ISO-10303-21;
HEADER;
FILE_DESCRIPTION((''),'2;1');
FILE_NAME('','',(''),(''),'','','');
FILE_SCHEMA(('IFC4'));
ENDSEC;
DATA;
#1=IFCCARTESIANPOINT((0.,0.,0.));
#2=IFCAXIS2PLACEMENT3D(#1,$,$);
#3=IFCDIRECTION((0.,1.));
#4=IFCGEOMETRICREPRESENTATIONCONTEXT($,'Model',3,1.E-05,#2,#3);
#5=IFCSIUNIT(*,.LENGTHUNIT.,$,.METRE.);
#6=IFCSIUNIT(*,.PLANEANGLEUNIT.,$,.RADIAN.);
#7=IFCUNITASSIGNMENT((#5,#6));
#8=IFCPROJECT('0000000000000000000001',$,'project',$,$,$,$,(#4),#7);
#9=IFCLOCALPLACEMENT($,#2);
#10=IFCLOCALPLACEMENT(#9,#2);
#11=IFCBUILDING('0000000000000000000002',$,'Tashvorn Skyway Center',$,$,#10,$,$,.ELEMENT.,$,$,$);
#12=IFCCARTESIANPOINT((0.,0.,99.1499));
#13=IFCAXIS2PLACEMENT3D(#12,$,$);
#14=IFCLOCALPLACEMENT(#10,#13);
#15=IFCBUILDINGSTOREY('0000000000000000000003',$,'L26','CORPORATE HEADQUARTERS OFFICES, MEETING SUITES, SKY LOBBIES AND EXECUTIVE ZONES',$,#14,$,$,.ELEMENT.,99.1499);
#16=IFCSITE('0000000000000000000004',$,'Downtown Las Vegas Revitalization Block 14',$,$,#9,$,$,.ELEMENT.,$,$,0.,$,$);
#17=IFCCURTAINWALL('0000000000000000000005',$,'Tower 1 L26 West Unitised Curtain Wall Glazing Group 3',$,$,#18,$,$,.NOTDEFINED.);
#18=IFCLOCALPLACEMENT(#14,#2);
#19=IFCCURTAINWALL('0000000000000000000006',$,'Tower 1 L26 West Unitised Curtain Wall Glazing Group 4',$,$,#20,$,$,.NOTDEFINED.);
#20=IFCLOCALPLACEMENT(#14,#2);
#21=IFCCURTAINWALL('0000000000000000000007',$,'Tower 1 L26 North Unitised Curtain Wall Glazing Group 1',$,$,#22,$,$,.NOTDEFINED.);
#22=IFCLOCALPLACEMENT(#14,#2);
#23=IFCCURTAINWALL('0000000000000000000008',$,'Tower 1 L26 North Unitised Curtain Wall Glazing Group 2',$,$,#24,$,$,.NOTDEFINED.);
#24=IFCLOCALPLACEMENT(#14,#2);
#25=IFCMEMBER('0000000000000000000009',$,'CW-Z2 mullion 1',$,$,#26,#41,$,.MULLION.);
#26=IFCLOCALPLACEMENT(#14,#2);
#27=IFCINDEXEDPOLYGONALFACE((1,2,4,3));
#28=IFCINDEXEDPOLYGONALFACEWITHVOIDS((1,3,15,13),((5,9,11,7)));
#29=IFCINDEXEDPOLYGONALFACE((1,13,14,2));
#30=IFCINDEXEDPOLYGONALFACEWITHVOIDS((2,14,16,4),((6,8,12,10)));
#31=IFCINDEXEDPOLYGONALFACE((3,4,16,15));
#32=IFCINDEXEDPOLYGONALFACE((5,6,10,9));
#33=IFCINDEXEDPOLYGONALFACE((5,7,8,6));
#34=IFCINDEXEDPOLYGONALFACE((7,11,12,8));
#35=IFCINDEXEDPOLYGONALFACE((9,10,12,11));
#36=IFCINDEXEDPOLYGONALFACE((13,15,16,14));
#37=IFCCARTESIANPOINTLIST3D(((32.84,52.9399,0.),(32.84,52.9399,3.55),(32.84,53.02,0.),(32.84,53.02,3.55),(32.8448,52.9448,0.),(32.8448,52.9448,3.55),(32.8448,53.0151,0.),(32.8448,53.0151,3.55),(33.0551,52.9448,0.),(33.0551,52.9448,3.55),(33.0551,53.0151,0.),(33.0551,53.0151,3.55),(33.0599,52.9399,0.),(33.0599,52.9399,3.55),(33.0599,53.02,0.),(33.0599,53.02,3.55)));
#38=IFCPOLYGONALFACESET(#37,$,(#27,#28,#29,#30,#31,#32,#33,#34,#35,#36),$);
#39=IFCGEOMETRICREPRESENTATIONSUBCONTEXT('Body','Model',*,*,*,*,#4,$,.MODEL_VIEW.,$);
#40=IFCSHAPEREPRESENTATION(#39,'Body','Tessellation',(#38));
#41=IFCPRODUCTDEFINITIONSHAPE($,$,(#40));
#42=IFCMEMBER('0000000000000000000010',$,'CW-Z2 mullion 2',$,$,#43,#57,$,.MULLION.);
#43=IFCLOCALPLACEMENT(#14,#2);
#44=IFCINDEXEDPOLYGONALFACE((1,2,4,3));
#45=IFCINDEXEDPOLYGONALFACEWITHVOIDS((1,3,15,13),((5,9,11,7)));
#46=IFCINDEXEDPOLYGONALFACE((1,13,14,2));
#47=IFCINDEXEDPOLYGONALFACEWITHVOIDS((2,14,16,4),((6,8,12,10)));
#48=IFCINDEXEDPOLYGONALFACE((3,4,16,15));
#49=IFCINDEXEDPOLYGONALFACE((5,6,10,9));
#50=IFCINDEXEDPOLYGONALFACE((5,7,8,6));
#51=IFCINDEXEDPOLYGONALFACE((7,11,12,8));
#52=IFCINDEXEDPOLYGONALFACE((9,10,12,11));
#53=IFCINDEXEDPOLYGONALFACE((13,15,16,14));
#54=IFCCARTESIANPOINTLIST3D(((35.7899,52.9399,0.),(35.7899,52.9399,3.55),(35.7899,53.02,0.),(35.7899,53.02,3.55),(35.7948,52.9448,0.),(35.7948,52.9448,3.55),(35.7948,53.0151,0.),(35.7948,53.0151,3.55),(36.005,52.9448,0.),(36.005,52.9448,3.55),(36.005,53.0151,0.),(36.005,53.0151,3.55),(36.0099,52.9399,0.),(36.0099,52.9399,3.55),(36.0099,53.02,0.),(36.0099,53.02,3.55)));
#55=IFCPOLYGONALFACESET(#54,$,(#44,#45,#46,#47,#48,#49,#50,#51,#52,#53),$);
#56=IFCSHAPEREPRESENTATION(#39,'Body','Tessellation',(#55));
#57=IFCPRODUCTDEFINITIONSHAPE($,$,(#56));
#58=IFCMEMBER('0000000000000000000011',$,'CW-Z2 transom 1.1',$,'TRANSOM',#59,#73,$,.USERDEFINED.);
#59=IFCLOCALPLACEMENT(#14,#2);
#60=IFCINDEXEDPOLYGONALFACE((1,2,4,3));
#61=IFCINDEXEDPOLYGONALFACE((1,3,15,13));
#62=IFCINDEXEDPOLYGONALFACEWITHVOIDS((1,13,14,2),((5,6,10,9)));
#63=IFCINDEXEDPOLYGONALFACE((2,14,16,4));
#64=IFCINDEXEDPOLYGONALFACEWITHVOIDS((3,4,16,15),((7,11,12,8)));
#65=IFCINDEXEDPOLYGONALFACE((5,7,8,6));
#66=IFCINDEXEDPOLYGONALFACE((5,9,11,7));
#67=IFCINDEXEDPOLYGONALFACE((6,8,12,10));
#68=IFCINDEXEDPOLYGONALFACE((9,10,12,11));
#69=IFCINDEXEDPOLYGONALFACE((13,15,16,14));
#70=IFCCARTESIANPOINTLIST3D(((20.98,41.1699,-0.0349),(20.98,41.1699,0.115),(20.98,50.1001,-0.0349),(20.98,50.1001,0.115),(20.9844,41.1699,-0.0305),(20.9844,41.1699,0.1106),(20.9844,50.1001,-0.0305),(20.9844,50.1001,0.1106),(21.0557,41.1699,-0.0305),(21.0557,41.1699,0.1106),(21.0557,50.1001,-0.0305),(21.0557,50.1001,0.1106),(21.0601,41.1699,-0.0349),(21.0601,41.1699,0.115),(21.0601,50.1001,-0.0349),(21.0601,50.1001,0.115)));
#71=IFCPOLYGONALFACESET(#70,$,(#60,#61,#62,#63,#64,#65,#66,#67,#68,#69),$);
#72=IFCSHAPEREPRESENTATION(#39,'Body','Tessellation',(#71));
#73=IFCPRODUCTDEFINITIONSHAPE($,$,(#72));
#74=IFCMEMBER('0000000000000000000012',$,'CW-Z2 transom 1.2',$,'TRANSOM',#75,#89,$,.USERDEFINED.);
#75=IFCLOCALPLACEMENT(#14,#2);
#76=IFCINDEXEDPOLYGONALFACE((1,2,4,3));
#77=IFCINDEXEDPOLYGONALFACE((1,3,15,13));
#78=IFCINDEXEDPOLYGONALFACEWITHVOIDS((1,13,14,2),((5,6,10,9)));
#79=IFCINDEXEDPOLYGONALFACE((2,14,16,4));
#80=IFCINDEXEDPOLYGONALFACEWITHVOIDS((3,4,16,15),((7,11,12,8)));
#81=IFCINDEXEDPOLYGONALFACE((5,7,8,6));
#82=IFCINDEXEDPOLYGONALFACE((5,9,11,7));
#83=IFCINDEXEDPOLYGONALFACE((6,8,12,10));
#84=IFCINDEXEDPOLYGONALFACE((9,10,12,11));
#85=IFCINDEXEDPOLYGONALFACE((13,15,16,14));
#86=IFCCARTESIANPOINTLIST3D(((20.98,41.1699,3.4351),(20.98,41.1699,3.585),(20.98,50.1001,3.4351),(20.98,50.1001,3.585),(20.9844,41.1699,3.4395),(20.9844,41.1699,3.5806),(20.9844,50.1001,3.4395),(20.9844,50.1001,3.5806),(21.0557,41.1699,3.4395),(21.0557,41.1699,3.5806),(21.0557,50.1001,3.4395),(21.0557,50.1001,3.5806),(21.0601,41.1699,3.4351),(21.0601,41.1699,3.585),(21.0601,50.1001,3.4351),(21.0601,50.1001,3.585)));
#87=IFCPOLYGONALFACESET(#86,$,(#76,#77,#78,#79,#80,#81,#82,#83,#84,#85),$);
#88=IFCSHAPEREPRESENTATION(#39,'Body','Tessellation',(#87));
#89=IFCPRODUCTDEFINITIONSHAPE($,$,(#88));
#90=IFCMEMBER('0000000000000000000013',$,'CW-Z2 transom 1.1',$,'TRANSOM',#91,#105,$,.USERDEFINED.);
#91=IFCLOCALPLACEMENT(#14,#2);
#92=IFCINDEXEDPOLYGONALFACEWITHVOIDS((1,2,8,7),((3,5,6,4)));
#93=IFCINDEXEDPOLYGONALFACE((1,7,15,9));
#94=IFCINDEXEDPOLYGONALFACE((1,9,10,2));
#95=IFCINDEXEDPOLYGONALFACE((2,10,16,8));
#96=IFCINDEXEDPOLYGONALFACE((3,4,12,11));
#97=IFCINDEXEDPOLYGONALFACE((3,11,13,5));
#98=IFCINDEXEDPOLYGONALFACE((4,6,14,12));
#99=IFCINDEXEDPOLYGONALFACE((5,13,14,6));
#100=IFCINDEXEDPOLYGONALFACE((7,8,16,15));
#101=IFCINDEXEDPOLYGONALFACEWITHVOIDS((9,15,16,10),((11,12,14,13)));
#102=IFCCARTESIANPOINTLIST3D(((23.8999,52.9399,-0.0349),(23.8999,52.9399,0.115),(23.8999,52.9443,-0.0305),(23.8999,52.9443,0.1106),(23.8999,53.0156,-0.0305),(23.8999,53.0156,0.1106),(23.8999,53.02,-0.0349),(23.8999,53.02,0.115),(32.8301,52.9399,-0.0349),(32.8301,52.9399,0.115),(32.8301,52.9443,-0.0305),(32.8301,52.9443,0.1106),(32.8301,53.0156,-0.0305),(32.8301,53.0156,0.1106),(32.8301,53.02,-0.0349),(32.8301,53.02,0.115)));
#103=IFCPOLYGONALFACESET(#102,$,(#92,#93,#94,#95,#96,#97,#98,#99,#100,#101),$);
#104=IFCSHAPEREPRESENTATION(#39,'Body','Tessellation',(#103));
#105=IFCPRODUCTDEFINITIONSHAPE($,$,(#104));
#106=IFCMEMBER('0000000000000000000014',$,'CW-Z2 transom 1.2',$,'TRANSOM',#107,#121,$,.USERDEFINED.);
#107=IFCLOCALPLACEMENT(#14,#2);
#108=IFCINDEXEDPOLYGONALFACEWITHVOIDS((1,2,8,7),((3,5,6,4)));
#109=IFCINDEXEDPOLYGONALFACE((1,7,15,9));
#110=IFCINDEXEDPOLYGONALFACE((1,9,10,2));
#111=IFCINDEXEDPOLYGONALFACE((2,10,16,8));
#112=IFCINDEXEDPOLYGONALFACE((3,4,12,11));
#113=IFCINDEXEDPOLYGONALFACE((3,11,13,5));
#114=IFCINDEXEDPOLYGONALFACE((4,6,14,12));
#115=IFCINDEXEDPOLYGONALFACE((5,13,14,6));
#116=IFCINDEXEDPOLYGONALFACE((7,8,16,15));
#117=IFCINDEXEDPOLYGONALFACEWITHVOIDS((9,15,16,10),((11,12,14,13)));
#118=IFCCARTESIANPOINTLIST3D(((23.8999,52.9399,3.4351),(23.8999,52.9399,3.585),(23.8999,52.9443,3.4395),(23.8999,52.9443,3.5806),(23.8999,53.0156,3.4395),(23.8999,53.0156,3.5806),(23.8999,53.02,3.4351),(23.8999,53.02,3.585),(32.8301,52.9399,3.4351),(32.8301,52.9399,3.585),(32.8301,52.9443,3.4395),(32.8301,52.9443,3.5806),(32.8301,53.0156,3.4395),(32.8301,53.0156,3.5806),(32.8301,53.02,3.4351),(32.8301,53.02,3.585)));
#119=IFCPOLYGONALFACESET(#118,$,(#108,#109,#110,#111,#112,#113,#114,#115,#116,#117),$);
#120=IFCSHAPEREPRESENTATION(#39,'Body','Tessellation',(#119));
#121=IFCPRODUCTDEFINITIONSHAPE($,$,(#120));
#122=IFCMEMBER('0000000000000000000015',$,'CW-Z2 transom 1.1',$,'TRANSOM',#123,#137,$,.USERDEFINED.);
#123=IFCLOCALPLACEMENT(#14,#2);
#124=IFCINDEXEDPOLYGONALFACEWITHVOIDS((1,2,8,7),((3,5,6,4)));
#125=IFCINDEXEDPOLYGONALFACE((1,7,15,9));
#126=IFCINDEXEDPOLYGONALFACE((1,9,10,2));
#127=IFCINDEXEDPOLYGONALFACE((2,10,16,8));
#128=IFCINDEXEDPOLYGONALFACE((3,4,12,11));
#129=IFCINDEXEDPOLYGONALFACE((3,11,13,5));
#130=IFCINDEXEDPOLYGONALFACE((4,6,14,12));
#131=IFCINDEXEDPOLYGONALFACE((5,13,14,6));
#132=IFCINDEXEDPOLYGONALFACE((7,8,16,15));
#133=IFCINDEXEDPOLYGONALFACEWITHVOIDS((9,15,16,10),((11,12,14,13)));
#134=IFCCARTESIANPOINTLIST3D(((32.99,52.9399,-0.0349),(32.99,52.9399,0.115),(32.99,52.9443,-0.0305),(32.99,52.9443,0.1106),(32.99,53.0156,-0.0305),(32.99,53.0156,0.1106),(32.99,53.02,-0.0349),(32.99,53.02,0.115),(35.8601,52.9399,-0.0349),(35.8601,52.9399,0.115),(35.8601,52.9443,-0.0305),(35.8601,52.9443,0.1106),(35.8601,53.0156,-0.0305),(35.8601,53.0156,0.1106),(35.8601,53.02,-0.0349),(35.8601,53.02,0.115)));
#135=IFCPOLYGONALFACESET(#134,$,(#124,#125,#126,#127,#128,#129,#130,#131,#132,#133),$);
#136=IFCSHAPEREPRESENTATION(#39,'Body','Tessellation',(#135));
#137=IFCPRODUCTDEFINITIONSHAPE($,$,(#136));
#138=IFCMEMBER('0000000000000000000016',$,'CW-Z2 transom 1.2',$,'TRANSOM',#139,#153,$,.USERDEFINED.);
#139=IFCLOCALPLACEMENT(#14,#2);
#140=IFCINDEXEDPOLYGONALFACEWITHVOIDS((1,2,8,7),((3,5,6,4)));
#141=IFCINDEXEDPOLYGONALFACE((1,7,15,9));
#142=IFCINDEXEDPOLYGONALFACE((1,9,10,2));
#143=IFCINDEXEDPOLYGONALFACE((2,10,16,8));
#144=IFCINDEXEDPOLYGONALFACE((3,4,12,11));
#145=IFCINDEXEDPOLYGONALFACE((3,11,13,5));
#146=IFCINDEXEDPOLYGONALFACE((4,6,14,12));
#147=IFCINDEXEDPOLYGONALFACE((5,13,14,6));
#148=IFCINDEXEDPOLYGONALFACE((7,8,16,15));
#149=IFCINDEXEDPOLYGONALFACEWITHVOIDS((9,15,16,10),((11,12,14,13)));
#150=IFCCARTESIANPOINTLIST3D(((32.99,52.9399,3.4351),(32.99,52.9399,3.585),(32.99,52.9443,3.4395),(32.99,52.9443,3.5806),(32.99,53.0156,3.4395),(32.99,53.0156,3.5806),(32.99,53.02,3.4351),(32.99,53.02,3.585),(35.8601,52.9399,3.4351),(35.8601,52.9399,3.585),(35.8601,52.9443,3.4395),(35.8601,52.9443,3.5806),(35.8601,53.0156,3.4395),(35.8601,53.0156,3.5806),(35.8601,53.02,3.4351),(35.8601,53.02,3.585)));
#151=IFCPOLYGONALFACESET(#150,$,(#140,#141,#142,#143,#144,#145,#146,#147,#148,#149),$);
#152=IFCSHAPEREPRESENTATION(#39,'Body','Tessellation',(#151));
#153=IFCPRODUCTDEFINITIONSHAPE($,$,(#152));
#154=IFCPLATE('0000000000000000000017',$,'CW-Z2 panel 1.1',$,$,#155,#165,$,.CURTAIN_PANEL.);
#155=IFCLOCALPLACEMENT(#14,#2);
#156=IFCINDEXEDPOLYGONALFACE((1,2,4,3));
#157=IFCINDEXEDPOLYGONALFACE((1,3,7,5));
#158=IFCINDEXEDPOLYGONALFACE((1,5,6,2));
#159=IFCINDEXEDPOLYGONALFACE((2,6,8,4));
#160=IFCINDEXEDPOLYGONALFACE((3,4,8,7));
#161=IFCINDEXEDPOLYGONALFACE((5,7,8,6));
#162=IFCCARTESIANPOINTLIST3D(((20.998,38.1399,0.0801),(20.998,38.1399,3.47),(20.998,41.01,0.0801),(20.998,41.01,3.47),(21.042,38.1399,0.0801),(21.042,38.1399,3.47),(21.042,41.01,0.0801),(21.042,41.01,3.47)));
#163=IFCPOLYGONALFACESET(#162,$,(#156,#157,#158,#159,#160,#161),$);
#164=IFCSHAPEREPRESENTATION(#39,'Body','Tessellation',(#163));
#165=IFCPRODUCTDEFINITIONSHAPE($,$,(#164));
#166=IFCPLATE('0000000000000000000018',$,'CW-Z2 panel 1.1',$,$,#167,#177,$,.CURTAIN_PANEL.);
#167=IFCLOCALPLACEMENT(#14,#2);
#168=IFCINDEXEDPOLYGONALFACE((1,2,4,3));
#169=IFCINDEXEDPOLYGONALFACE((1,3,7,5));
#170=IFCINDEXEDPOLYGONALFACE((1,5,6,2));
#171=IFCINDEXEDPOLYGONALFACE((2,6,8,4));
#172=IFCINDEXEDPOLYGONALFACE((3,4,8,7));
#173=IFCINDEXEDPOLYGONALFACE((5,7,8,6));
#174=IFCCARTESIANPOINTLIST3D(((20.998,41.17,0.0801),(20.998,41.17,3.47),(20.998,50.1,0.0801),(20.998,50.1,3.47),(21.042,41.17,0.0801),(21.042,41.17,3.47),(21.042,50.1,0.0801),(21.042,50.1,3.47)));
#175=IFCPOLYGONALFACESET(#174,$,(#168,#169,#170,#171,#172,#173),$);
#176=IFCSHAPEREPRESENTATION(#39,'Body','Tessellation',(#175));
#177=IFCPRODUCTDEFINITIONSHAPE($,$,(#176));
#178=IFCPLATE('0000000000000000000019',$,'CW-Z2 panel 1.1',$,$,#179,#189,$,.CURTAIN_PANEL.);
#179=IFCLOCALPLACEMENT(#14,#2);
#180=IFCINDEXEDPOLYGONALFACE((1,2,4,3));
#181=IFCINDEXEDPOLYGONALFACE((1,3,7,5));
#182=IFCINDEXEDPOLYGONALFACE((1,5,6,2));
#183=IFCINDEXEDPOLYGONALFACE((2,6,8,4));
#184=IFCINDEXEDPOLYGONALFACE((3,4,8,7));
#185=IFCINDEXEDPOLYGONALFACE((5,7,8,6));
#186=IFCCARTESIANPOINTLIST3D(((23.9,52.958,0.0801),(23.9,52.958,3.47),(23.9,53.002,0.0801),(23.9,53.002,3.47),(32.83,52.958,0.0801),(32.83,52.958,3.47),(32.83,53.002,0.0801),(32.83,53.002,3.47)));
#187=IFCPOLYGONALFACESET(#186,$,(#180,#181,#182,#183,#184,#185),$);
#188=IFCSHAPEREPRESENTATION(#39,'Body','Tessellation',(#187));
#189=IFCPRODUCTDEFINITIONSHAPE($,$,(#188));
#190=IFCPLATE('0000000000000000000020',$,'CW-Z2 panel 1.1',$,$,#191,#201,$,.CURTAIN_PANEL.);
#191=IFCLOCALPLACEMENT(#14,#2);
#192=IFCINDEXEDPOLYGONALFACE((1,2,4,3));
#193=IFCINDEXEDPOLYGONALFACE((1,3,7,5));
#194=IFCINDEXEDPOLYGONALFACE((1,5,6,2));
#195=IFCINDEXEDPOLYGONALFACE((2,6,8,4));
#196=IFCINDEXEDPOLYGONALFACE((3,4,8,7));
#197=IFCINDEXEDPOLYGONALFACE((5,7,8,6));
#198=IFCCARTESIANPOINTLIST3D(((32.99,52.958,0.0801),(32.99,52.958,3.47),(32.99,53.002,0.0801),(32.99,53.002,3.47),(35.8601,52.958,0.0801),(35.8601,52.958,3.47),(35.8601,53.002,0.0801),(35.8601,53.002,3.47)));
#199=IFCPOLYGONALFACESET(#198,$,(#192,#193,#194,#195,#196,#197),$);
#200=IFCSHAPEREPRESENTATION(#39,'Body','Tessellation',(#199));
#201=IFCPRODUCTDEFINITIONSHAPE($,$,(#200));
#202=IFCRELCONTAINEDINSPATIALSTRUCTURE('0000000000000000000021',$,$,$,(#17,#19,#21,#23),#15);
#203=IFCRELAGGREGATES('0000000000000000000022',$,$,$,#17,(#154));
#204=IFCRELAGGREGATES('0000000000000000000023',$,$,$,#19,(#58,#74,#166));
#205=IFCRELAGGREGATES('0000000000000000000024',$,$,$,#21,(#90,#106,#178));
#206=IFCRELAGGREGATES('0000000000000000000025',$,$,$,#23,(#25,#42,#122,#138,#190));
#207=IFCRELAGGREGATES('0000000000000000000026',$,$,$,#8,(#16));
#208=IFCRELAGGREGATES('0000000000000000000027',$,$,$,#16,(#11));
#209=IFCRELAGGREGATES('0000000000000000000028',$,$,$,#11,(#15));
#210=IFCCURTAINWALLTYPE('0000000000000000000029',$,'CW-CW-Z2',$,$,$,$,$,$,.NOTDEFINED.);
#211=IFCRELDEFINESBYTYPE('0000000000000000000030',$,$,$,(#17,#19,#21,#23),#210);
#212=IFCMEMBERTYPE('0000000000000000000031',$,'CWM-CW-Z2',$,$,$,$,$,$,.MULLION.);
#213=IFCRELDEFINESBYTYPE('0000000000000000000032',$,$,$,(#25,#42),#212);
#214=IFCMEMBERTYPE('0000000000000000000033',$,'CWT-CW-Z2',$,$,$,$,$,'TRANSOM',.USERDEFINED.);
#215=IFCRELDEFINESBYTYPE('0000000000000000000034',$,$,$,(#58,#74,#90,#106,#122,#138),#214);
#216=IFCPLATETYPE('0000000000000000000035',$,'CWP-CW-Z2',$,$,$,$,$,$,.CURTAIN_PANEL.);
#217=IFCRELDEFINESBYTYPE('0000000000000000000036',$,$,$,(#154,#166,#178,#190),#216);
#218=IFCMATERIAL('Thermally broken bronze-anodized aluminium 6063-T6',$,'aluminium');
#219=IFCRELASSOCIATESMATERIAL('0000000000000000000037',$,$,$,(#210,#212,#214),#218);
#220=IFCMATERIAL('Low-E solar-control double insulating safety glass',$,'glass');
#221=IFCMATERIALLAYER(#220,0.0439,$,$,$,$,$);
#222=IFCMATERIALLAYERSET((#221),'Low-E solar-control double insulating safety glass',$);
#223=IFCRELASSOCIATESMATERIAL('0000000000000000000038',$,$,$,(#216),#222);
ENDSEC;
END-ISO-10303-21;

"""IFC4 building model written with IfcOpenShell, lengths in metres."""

from ifc_helpers import new_model, si_unit, direction, frame, origin, origin_2d, place, context, subcontext, project, spatial, rectangle, hollow_rectangle, extrude, material, layer, layer_set, material_profile, profile_set, type_object, element, aggregate, save


model = new_model("IFC4")

# Units and contexts
model_context = context("Model", 3, precision=1e-05, world=origin(), true_north=direction((0.0, 1.0)))
body_context = subcontext(model_context, "Body", "Model", "MODEL_VIEW")
ifc_project = project(units=[si_unit("LENGTHUNIT", "METRE"), si_unit("PLANEANGLEUNIT", "RADIAN")], contexts=[model_context])

# Site, building, storey
site_placement = place(None, origin())
site = spatial("IfcSite", under=ifc_project, at=site_placement, Name="Downtown Las Vegas Revitalization Block 14", CompositionType="ELEMENT", RefElevation=0.0)
building_placement = place(site_placement, origin())
building = spatial("IfcBuilding", under=site, at=building_placement, Name="Tashvorn Skyway Center", CompositionType="ELEMENT")
storey_placement = place(building_placement, frame((0.0, 0.0, 99.1499)))
storey = spatial("IfcBuildingStorey", under=building, at=storey_placement, Name="L26", Description="CORPORATE HEADQUARTERS OFFICES, MEETING SUITES, SKY LOBBIES AND EXECUTIVE ZONES", CompositionType="ELEMENT", Elevation=99.1499)

# Curtain wall
ifc_material_1 = material(Name="Thermally broken bronze-anodized aluminium 6063-T6", Category="aluminium")
curtain_wall_type = type_object("IfcCurtainWallType", Name="CW-CW-Z2", PredefinedType="NOTDEFINED", material=ifc_material_1)
curtain_wall_1_placement = place(storey_placement, origin())
curtain_wall_1 = element("IfcCurtainWall", 1, at=curtain_wall_1_placement, inside=storey, type_object=curtain_wall_type, Name="Tower 1 L26 West Unitised Curtain Wall Glazing Group 3", PredefinedType="NOTDEFINED")
ifc_material_profile_1 = material_profile(ifc_material_1, hollow_rectangle(XDim=0.0801, YDim=0.22, WallThickness=0.0049, at=origin_2d()), Name="ALU-MULL-80x220")
ifc_profile_set_1 = profile_set([ifc_material_profile_1], Name="Thermally broken bronze-anodized aluminium 6063-T6")
member_type_1 = type_object("IfcMemberType", Name="CWM-CW-Z2", PredefinedType="MULLION", material=ifc_profile_set_1)

# Curtain walls, members
curtain_wall_2_placement = place(storey_placement, origin())
curtain_wall_2 = element("IfcCurtainWall", 2, at=curtain_wall_2_placement, inside=storey, type_object=curtain_wall_type, Name="Tower 1 L26 West Unitised Curtain Wall Glazing Group 4", PredefinedType="NOTDEFINED")
curtain_wall_3_placement = place(storey_placement, origin())
curtain_wall_3 = element("IfcCurtainWall", 3, at=curtain_wall_3_placement, inside=storey, type_object=curtain_wall_type, Name="Tower 1 L26 North Unitised Curtain Wall Glazing Group 1", PredefinedType="NOTDEFINED")
curtain_wall_4_placement = place(storey_placement, origin())
curtain_wall_4 = element("IfcCurtainWall", 4, at=curtain_wall_4_placement, inside=storey, type_object=curtain_wall_type, Name="Tower 1 L26 North Unitised Curtain Wall Glazing Group 2", PredefinedType="NOTDEFINED")
member_1_placement = place(storey_placement, frame((32.95, 52.98, 0.0), z_axis=(0.0, 0.0, 1.0), x_axis=(0.0, 1.0, 0.0)))
member_1 = element("IfcMember", 5, at=member_1_placement, type_object=member_type_1, Name="CW-Z2 mullion 1", PredefinedType="MULLION", context=body_context, shape_type="SweptSolid", body=[
    extrude(hollow_rectangle(XDim=0.0801, YDim=0.22, WallThickness=0.0049, at=origin_2d()), origin(), (0.0, 0.0, 1.0), 3.55),
])
member_2_placement = place(storey_placement, frame((35.8999, 52.98, 0.0), z_axis=(0.0, 0.0, 1.0), x_axis=(0.0, 1.0, 0.0)))
member_2 = element("IfcMember", 6, at=member_2_placement, type_object=member_type_1, Name="CW-Z2 mullion 2", PredefinedType="MULLION", context=body_context, shape_type="SweptSolid", body=[
    extrude(hollow_rectangle(XDim=0.0801, YDim=0.22, WallThickness=0.0049, at=origin_2d()), origin(), (0.0, 0.0, 1.0), 3.55),
])

# Members
ifc_material_profile_2 = material_profile(ifc_material_1, hollow_rectangle(XDim=0.0801, YDim=0.1499, WallThickness=0.0044, at=origin_2d()), Name="ALU-TRAN-80x150")
ifc_profile_set_2 = profile_set([ifc_material_profile_2], Name="Thermally broken bronze-anodized aluminium 6063-T6")
member_type_2 = type_object("IfcMemberType", Name="CWT-CW-Z2", ElementType="TRANSOM", PredefinedType="USERDEFINED", material=ifc_profile_set_2)
member_3_placement = place(storey_placement, frame((21.02, 41.1699, 0.04), z_axis=(0.0, 1.0, 0.0), x_axis=(-1.0, 0.0, 0.0)))
member_3 = element("IfcMember", 7, at=member_3_placement, type_object=member_type_2, Name="CW-Z2 transom 1.1", ObjectType="TRANSOM", PredefinedType="USERDEFINED", context=body_context, shape_type="SweptSolid", body=[
    extrude(hollow_rectangle(XDim=0.0801, YDim=0.1499, WallThickness=0.0044, at=origin_2d()), origin(), (0.0, 0.0, 1.0), 8.9302),
])
member_4_placement = place(storey_placement, frame((21.02, 41.1699, 3.51), z_axis=(0.0, 1.0, 0.0), x_axis=(-1.0, 0.0, 0.0)))
member_4 = element("IfcMember", 8, at=member_4_placement, type_object=member_type_2, Name="CW-Z2 transom 1.2", ObjectType="TRANSOM", PredefinedType="USERDEFINED", context=body_context, shape_type="SweptSolid", body=[
    extrude(hollow_rectangle(XDim=0.0801, YDim=0.1499, WallThickness=0.0044, at=origin_2d()), origin(), (0.0, 0.0, 1.0), 8.9302),
])
member_5_placement = place(storey_placement, frame((23.8999, 52.98, 0.04), z_axis=(1.0, 0.0, 0.0), x_axis=(0.0, 1.0, 0.0)))
member_5 = element("IfcMember", 9, at=member_5_placement, type_object=member_type_2, Name="CW-Z2 transom 1.1", ObjectType="TRANSOM", PredefinedType="USERDEFINED", context=body_context, shape_type="SweptSolid", body=[
    extrude(hollow_rectangle(XDim=0.0801, YDim=0.1499, WallThickness=0.0044, at=origin_2d()), origin(), (0.0, 0.0, 1.0), 8.9302),
])
member_6_placement = place(storey_placement, frame((23.8999, 52.98, 3.51), z_axis=(1.0, 0.0, 0.0), x_axis=(0.0, 1.0, 0.0)))
member_6 = element("IfcMember", 10, at=member_6_placement, type_object=member_type_2, Name="CW-Z2 transom 1.2", ObjectType="TRANSOM", PredefinedType="USERDEFINED", context=body_context, shape_type="SweptSolid", body=[
    extrude(hollow_rectangle(XDim=0.0801, YDim=0.1499, WallThickness=0.0044, at=origin_2d()), origin(), (0.0, 0.0, 1.0), 8.9302),
])
member_7_placement = place(storey_placement, frame((32.99, 52.98, 0.04), z_axis=(1.0, 0.0, 0.0), x_axis=(0.0, 1.0, 0.0)))
member_7 = element("IfcMember", 11, at=member_7_placement, type_object=member_type_2, Name="CW-Z2 transom 1.1", ObjectType="TRANSOM", PredefinedType="USERDEFINED", context=body_context, shape_type="SweptSolid", body=[
    extrude(hollow_rectangle(XDim=0.0801, YDim=0.1499, WallThickness=0.0044, at=origin_2d()), origin(), (0.0, 0.0, 1.0), 2.8701),
])
member_8_placement = place(storey_placement, frame((32.99, 52.98, 3.51), z_axis=(1.0, 0.0, 0.0), x_axis=(0.0, 1.0, 0.0)))
member_8 = element("IfcMember", 12, at=member_8_placement, type_object=member_type_2, Name="CW-Z2 transom 1.2", ObjectType="TRANSOM", PredefinedType="USERDEFINED", context=body_context, shape_type="SweptSolid", body=[
    extrude(hollow_rectangle(XDim=0.0801, YDim=0.1499, WallThickness=0.0044, at=origin_2d()), origin(), (0.0, 0.0, 1.0), 2.8701),
])

# Plates
ifc_material_2 = material(Name="Low-E solar-control double insulating safety glass", Category="glass")
ifc_layer_1 = layer(ifc_material_2, 0.0439)
ifc_layer_set_1 = layer_set([ifc_layer_1], Name="Low-E solar-control double insulating safety glass")
plate_type = type_object("IfcPlateType", Name="CWP-CW-Z2", PredefinedType="CURTAIN_PANEL", material=ifc_layer_set_1)
plate_1_placement = place(storey_placement, frame((21.02, 39.575, 0.0801), z_axis=(0.0, 0.0, 1.0), x_axis=(0.0, 1.0, 0.0)))
plate_1 = element("IfcPlate", 13, at=plate_1_placement, type_object=plate_type, Name="CW-Z2 panel 1.1", PredefinedType="CURTAIN_PANEL", context=body_context, shape_type="SweptSolid", body=[
    extrude(rectangle(XDim=2.8701, YDim=0.0439, at=origin_2d()), origin(), (0.0, 0.0, 1.0), 3.3899),
])
aggregate(curtain_wall_1, [plate_1])
plate_2_placement = place(storey_placement, frame((21.02, 45.635, 0.0801), z_axis=(0.0, 0.0, 1.0), x_axis=(0.0, 1.0, 0.0)))
plate_2 = element("IfcPlate", 14, at=plate_2_placement, type_object=plate_type, Name="CW-Z2 panel 1.1", PredefinedType="CURTAIN_PANEL", context=body_context, shape_type="SweptSolid", body=[
    extrude(rectangle(XDim=8.9299, YDim=0.0439, at=origin_2d()), origin(), (0.0, 0.0, 1.0), 3.3899),
])
aggregate(curtain_wall_2, [member_3, member_4, plate_2])
plate_3_placement = place(storey_placement, frame((28.365, 52.98, 0.0801), z_axis=(0.0, 0.0, 1.0), x_axis=(1.0, 0.0, 0.0)))
plate_3 = element("IfcPlate", 15, at=plate_3_placement, type_object=plate_type, Name="CW-Z2 panel 1.1", PredefinedType="CURTAIN_PANEL", context=body_context, shape_type="SweptSolid", body=[
    extrude(rectangle(XDim=8.9299, YDim=0.0439, at=origin_2d()), origin(), (0.0, 0.0, 1.0), 3.3899),
])
aggregate(curtain_wall_3, [member_5, member_6, plate_3])
plate_4_placement = place(storey_placement, frame((34.425, 52.98, 0.0801), z_axis=(0.0, 0.0, 1.0), x_axis=(1.0, 0.0, 0.0)))
plate_4 = element("IfcPlate", 16, at=plate_4_placement, type_object=plate_type, Name="CW-Z2 panel 1.1", PredefinedType="CURTAIN_PANEL", context=body_context, shape_type="SweptSolid", body=[
    extrude(rectangle(XDim=2.8701, YDim=0.0439, at=origin_2d()), origin(), (0.0, 0.0, 1.0), 3.3899),
])
aggregate(curtain_wall_4, [member_1, member_2, member_7, member_8, plate_4])

save(model, "model.ifc")
